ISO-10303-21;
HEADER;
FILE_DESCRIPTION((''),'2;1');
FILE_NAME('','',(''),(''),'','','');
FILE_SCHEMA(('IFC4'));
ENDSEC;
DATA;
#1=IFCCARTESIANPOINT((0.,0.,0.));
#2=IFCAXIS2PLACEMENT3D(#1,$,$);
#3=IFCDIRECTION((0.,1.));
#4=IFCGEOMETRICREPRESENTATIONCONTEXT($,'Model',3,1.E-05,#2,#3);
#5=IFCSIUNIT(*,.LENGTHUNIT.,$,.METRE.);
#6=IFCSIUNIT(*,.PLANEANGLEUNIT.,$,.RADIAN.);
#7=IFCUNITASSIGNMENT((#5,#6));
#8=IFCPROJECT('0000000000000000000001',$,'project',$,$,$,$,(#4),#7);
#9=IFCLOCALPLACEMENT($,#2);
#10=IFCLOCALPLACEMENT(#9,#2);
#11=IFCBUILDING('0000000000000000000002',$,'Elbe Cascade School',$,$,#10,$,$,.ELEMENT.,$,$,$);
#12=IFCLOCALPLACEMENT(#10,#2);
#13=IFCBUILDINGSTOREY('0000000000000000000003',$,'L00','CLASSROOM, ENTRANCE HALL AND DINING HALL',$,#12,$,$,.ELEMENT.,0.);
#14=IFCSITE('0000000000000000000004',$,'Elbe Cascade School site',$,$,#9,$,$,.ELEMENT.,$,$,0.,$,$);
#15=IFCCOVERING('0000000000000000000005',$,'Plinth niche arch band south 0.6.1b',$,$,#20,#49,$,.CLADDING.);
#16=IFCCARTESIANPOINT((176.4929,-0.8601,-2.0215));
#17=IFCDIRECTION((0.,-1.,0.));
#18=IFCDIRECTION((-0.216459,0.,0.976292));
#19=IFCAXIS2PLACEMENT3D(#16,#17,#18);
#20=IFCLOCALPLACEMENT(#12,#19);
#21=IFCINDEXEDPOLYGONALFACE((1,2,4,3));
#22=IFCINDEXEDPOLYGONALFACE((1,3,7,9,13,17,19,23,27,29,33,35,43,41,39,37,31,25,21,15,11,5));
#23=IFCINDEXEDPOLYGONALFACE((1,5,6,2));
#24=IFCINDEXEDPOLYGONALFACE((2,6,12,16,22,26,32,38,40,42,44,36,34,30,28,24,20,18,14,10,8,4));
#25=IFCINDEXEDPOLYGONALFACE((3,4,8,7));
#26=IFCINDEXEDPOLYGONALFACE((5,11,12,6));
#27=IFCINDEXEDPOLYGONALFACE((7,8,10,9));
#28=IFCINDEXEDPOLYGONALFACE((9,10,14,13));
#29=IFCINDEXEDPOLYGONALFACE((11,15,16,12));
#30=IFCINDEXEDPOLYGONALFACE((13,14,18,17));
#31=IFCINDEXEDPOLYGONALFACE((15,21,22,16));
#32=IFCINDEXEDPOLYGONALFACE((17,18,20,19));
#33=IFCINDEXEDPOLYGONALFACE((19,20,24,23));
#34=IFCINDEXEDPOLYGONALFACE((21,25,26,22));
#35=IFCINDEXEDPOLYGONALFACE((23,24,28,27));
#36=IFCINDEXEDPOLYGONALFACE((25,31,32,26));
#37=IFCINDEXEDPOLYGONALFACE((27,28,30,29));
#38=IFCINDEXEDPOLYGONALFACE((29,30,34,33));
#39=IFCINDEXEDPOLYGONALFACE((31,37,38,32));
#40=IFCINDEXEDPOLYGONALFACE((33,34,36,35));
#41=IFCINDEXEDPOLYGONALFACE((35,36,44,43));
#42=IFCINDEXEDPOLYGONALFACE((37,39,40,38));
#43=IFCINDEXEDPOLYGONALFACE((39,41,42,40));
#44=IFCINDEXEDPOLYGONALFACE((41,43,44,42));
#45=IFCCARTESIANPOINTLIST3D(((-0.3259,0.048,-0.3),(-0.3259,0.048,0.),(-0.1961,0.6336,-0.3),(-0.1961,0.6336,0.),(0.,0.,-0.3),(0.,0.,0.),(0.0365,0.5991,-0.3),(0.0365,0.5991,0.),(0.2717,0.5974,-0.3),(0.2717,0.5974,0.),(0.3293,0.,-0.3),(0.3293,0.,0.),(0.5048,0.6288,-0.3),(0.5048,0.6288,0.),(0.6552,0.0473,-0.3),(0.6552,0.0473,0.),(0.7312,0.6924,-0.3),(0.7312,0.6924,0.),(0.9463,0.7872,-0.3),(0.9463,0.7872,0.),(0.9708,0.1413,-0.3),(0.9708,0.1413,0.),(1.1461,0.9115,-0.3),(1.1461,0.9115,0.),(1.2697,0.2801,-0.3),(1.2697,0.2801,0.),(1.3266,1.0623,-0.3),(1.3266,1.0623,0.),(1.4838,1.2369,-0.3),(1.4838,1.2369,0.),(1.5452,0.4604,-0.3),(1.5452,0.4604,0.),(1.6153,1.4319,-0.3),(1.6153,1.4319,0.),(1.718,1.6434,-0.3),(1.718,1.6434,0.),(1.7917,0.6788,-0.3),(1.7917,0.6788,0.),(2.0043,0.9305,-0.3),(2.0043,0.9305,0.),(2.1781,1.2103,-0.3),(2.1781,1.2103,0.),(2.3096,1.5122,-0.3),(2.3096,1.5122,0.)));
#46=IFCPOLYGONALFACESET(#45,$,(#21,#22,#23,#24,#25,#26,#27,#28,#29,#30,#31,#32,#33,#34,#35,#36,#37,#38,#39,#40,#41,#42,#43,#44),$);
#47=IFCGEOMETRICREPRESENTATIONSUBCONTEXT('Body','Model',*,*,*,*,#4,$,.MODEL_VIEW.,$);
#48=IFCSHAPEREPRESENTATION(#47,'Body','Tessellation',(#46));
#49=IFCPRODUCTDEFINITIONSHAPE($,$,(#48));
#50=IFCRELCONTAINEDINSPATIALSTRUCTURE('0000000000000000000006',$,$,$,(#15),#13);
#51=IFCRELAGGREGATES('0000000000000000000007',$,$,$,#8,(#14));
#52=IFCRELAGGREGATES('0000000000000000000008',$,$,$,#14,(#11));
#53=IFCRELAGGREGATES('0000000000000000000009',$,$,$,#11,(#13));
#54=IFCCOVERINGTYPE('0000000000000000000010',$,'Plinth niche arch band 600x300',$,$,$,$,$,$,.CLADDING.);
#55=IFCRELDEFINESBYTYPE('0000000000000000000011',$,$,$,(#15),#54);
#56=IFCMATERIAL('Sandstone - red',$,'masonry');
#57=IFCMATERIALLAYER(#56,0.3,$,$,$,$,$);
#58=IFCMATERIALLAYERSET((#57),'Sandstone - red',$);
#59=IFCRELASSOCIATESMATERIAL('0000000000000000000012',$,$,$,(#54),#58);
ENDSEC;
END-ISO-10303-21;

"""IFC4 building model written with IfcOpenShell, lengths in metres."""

from ifc_helpers import new_model, si_unit, direction, frame, origin, place, context, subcontext, project, spatial, polyline, outline, extrude, material, layer, layer_set, type_object, element, save


model = new_model("IFC4")

# Units and contexts
model_context = context("Model", 3, precision=1e-05, world=origin(), true_north=direction((0.0, 1.0)))
body_context = subcontext(model_context, "Body", "Model", "MODEL_VIEW")
ifc_project = project(units=[si_unit("LENGTHUNIT", "METRE"), si_unit("PLANEANGLEUNIT", "RADIAN")], contexts=[model_context])

# Site, building, storey
site_placement = place(None, origin())
site = spatial("IfcSite", under=ifc_project, at=site_placement, Name="Elbe Cascade School site", CompositionType="ELEMENT", RefElevation=0.0)
building_placement = place(site_placement, origin())
building = spatial("IfcBuilding", under=site, at=building_placement, Name="Elbe Cascade School", CompositionType="ELEMENT")
storey_placement = place(building_placement, origin())
storey = spatial("IfcBuildingStorey", under=building, at=storey_placement, Name="L00", Description="CLASSROOM, ENTRANCE HALL AND DINING HALL", CompositionType="ELEMENT", Elevation=0.0)

# Covering
ifc_material_1 = material(Name="Sandstone - red", Category="masonry")
ifc_layer_1 = layer(ifc_material_1, 0.3)
ifc_layer_set_1 = layer_set([ifc_layer_1], Name="Sandstone - red")
covering_type_1 = type_object("IfcCoveringType", Name="Plinth niche arch band 600x300", PredefinedType="CLADDING", material=ifc_layer_set_1)
covering_1_placement = place(storey_placement, frame((176.4929, -0.8601, -2.0215), z_axis=(0.0, -1.0, 0.0), x_axis=(-0.216459, 0.0, 0.976292)))
element("IfcCovering", 1, at=covering_1_placement, inside=storey, type_object=covering_type_1, Name="Plinth niche arch band south 0.6.1b", PredefinedType="CLADDING", context=body_context, shape_type="SweptSolid", body=[
    extrude(outline(polyline([(0.0, 0.0), (0.3293, 0.0), (0.6552, 0.0473), (0.9708, 0.1413), (1.2697, 0.2801), (1.5452, 0.4604), (1.7917, 0.6788), (2.0043, 0.9305), (2.1781, 1.2103), (2.3096, 1.5122), (1.718, 1.6434), (1.6153, 1.4319), (1.4838, 1.2369), (1.3266, 1.0623), (1.1461, 0.9115), (0.9463, 0.7872), (0.7312, 0.6924), (0.5048, 0.6288), (0.2717, 0.5974), (0.0365, 0.5991), (-0.1961, 0.6336), (-0.3259, 0.048), (0.0, 0.0)])), origin(), (0.0, 0.0, -1.0), 0.3),
])

save(model, "model.ifc")
